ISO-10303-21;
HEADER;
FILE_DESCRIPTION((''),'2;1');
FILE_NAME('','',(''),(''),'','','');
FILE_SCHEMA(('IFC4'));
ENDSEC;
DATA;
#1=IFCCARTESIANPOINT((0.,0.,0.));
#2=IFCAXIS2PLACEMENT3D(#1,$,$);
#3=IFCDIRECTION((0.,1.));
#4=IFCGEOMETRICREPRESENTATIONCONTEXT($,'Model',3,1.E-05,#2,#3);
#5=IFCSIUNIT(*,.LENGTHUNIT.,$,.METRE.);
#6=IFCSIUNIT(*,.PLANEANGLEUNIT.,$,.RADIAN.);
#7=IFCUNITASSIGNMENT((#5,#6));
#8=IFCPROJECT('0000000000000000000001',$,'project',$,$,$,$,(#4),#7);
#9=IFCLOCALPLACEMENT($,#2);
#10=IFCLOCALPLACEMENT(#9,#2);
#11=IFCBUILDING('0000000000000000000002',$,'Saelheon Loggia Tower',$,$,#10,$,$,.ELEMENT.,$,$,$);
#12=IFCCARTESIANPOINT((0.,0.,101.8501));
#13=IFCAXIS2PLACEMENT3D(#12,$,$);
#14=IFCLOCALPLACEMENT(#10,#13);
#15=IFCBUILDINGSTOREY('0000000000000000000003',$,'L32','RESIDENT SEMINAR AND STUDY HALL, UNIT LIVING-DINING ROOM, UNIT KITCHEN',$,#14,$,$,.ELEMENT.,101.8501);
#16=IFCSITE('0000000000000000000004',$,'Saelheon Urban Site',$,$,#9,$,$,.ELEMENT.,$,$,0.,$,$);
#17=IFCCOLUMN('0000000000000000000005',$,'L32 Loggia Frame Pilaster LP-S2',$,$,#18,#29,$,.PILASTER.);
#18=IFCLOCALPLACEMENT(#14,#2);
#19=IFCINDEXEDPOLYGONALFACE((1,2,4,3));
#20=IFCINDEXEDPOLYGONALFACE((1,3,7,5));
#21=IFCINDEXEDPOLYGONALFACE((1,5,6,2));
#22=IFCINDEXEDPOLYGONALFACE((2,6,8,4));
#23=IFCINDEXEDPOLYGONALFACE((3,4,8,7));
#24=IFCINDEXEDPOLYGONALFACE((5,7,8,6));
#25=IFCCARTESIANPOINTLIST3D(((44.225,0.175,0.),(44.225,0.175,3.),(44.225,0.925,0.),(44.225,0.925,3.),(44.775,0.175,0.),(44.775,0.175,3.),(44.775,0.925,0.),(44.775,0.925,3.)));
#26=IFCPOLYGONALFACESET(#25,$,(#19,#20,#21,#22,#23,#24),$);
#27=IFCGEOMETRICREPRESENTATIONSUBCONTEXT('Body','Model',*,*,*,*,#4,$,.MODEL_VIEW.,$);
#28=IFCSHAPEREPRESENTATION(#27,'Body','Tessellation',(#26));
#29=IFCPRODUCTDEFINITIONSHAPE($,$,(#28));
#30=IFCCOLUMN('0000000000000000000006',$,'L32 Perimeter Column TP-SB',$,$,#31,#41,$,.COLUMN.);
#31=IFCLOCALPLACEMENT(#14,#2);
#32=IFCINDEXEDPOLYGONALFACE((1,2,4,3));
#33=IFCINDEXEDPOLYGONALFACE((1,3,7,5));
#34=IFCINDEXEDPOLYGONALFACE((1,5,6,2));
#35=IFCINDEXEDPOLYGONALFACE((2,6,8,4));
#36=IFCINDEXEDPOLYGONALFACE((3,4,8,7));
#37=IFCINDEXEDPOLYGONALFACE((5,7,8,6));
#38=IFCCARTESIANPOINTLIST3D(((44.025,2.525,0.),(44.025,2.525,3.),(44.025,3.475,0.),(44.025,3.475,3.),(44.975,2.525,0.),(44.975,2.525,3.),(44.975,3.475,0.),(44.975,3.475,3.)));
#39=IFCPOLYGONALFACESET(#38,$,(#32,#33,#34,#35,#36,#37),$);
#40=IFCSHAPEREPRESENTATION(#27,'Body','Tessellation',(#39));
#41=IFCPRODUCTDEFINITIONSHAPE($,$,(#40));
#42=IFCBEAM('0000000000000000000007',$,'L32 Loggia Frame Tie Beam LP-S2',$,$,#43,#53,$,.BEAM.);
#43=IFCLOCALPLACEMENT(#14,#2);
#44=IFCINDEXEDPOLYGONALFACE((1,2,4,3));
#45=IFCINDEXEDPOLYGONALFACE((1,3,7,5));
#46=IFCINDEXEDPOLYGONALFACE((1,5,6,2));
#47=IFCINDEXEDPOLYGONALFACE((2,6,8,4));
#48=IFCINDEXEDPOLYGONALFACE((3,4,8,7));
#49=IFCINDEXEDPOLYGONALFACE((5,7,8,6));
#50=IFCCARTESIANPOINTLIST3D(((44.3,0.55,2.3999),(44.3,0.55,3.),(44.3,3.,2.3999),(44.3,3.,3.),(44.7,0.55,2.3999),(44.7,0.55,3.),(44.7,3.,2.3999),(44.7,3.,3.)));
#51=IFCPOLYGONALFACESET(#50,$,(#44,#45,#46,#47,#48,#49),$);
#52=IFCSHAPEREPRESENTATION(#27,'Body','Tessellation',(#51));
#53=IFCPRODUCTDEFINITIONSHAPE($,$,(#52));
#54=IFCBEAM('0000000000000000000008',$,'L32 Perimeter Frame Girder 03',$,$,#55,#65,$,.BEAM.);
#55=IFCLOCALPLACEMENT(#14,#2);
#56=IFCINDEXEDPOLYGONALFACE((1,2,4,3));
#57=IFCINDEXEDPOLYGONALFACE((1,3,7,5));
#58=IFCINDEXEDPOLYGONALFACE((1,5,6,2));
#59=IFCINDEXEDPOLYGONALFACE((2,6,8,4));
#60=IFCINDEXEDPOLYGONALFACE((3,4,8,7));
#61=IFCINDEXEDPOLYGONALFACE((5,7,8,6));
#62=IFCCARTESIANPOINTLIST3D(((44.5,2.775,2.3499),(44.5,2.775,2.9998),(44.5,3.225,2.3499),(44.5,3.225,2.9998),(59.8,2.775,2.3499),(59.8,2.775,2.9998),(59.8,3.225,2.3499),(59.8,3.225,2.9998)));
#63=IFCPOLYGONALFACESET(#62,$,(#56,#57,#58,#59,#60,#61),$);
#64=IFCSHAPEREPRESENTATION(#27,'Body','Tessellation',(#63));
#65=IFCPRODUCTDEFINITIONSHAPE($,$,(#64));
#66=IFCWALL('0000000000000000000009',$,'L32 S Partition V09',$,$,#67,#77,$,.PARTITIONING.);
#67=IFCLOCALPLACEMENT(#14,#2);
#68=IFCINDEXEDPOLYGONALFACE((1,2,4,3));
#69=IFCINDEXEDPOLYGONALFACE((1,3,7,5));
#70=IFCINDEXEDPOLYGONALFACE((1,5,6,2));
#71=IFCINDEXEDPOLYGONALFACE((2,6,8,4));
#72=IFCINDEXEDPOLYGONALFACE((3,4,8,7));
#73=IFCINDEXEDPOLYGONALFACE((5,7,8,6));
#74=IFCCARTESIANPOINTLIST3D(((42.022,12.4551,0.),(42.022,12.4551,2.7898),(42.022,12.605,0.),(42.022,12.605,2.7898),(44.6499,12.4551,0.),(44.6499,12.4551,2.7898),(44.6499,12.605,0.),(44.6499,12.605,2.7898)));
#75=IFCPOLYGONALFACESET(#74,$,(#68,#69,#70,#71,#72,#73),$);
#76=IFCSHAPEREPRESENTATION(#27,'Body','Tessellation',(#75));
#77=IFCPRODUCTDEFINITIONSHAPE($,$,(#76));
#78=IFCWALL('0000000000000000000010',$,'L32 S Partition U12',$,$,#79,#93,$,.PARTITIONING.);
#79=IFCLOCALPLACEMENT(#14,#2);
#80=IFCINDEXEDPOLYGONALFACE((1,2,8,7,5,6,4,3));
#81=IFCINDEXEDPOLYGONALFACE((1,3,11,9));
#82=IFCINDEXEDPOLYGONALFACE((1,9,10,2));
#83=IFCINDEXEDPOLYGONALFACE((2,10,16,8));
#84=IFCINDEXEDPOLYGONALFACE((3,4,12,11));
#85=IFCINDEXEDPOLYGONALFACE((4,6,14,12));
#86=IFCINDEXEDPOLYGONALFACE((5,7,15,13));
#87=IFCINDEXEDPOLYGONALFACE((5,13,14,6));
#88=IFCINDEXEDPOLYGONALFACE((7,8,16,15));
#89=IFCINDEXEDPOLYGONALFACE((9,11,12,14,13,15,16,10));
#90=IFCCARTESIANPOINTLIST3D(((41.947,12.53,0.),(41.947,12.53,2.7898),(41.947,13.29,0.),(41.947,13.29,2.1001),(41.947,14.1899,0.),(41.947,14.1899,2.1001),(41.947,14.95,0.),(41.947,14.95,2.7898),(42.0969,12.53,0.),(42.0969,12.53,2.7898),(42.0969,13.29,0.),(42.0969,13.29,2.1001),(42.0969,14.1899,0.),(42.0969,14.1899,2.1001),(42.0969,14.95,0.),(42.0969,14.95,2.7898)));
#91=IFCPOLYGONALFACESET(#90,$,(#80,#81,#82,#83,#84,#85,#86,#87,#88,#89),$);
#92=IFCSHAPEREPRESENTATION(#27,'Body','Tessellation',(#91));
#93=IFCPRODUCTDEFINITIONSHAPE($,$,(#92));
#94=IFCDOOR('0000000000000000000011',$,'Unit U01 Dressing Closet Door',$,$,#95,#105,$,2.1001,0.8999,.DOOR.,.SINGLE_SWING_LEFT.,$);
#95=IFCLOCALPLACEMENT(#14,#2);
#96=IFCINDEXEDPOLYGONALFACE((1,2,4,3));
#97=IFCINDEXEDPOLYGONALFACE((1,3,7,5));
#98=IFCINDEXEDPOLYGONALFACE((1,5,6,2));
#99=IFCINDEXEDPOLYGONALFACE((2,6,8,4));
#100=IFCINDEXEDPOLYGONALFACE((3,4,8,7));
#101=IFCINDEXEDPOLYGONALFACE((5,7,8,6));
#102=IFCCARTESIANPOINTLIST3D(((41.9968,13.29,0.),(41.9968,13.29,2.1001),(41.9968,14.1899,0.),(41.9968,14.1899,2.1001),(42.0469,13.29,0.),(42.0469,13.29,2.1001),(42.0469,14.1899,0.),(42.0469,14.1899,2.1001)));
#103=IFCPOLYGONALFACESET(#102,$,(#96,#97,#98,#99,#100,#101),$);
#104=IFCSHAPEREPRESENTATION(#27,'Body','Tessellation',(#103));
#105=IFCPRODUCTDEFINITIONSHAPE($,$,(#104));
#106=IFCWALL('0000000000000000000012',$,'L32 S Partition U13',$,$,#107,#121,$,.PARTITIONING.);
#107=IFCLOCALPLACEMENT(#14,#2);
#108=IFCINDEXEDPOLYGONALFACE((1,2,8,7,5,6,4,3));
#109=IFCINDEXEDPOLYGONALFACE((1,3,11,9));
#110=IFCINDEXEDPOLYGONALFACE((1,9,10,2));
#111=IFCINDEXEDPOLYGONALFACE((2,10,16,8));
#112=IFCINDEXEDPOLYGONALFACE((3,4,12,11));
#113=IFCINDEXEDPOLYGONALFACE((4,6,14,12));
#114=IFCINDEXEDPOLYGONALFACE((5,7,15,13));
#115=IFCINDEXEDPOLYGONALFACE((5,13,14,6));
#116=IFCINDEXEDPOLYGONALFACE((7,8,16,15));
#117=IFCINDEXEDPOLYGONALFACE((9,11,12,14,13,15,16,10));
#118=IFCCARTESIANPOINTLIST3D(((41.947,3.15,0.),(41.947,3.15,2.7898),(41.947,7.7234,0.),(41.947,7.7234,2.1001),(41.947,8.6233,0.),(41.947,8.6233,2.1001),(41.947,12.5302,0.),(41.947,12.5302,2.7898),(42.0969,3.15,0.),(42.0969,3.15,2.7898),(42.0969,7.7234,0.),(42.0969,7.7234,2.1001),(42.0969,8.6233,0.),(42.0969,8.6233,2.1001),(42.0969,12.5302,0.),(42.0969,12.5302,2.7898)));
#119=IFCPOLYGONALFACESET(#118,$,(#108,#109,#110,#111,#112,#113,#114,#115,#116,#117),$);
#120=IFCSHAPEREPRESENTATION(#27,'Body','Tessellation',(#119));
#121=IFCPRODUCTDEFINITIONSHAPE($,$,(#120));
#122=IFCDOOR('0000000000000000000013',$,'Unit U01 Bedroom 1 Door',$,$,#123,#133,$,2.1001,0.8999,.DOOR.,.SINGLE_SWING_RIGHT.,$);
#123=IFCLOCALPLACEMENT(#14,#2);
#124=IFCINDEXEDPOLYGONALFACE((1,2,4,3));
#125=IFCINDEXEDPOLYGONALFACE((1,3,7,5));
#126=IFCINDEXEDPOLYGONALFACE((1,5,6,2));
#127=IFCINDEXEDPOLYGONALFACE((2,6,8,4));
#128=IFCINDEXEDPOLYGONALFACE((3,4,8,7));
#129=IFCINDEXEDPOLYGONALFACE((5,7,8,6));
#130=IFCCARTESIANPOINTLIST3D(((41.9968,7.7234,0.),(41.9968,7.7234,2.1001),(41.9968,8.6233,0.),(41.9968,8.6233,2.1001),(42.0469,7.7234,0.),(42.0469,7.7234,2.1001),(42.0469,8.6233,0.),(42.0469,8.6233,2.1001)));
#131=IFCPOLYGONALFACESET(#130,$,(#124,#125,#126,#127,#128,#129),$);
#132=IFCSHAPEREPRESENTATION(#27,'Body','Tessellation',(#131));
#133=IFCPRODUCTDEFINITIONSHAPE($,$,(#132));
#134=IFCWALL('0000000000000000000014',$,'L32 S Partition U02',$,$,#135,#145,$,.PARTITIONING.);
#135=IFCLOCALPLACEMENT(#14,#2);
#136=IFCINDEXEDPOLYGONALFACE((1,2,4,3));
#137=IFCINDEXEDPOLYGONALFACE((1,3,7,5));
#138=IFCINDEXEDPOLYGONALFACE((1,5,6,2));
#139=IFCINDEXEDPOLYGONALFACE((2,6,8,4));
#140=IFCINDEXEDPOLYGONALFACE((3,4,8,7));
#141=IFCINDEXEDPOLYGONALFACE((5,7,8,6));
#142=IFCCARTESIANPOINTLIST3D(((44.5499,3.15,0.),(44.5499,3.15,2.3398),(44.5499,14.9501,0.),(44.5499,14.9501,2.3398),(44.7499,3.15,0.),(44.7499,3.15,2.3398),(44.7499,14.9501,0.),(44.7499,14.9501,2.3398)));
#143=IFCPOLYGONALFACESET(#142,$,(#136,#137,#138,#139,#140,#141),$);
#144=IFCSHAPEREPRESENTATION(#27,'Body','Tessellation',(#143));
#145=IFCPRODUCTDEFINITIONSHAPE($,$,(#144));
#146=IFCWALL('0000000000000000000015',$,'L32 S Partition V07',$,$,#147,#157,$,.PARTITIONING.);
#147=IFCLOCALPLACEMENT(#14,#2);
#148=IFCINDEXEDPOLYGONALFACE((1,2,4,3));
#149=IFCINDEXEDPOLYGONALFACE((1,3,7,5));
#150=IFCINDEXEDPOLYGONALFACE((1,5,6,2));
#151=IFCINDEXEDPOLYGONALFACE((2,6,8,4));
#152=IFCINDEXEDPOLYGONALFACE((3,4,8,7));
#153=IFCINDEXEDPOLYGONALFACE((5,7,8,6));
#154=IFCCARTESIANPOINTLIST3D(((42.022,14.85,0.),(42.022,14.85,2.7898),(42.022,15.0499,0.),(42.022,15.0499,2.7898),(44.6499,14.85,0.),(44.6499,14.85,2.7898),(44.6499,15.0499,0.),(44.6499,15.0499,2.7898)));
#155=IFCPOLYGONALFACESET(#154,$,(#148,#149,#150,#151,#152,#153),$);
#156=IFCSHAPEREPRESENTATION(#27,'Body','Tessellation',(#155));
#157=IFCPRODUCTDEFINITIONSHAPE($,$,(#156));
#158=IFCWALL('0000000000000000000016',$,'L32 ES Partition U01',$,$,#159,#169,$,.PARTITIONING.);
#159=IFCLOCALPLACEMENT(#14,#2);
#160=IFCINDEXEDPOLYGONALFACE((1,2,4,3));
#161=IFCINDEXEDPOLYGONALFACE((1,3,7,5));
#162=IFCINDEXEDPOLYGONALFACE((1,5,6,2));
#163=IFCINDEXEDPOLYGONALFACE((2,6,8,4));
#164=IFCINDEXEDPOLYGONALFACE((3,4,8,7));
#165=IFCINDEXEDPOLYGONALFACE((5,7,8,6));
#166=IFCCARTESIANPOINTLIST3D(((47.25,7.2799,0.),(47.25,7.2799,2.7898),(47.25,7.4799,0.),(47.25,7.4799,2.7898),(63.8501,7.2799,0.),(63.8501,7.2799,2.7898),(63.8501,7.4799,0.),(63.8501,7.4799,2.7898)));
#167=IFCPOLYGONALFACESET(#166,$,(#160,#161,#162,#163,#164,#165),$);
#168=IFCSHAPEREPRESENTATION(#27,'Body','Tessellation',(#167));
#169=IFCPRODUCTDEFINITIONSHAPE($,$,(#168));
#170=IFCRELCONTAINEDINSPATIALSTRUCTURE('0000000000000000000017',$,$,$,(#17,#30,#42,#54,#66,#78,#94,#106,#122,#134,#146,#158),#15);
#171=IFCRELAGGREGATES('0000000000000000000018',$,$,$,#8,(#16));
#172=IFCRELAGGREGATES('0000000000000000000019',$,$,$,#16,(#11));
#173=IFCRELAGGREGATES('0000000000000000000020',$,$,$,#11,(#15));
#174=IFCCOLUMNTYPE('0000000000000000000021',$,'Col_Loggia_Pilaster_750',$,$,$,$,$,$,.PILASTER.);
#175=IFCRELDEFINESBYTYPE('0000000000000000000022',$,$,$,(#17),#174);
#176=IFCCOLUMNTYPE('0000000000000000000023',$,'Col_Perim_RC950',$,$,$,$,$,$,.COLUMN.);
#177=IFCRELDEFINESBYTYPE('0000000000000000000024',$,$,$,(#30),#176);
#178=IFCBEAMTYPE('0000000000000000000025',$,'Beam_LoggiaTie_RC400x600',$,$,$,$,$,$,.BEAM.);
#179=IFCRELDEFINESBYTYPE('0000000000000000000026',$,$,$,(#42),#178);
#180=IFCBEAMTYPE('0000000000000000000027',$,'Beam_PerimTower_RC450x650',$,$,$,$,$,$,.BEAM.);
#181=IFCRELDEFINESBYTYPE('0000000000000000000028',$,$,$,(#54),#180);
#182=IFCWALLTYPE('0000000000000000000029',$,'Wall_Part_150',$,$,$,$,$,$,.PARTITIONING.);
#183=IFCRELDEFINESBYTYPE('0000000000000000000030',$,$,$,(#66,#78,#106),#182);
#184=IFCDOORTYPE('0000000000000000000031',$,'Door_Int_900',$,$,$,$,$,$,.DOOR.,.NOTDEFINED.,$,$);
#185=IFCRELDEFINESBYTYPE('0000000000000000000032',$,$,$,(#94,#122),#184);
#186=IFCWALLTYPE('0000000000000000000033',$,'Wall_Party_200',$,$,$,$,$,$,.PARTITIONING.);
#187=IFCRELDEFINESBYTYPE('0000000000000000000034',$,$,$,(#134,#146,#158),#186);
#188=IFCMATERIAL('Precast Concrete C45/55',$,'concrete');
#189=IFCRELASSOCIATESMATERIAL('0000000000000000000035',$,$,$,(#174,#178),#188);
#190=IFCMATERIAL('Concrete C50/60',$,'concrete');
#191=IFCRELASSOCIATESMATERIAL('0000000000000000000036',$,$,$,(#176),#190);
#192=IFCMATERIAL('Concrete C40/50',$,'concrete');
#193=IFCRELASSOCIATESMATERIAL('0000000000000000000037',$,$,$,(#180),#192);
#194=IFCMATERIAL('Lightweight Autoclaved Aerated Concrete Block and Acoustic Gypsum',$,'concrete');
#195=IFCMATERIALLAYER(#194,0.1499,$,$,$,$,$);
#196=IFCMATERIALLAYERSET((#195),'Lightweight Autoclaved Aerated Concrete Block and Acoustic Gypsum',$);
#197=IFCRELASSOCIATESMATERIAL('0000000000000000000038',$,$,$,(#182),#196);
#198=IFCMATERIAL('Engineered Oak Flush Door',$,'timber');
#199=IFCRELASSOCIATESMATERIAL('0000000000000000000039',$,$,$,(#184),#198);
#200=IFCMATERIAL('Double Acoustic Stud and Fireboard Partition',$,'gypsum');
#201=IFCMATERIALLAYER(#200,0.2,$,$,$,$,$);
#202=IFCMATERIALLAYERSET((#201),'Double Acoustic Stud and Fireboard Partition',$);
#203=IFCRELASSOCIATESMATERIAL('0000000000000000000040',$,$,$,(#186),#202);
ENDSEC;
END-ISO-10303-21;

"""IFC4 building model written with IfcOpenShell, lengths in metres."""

from ifc_helpers import new_model, si_unit, direction, frame, frame_2d, origin, origin_2d, place, context, subcontext, project, spatial, rectangle, extrude, source, transform, mapped, material, layer, layer_set, material_profile, profile_set, type_object, element, fill, save


model = new_model("IFC4")

# Units and contexts
model_context = context("Model", 3, precision=1e-05, world=origin(), true_north=direction((0.0, 1.0)))
body_context = subcontext(model_context, "Body", "Model", "MODEL_VIEW")
ifc_project = project(units=[si_unit("LENGTHUNIT", "METRE"), si_unit("PLANEANGLEUNIT", "RADIAN")], contexts=[model_context])

# Site, building, storey
site_placement = place(None, origin())
site = spatial("IfcSite", under=ifc_project, at=site_placement, Name="Saelheon Urban Site", CompositionType="ELEMENT", RefElevation=0.0)
building_placement = place(site_placement, origin())
building = spatial("IfcBuilding", under=site, at=building_placement, Name="Saelheon Loggia Tower", CompositionType="ELEMENT")
storey_placement = place(building_placement, frame((0.0, 0.0, 101.8501)))
storey = spatial("IfcBuildingStorey", under=building, at=storey_placement, Name="L32", Description="RESIDENT SEMINAR AND STUDY HALL, UNIT LIVING-DINING ROOM, UNIT KITCHEN", CompositionType="ELEMENT", Elevation=101.8501)

# Columns
ifc_material_1 = material(Name="Precast Concrete C45/55", Category="concrete")
ifc_material_profile_1 = material_profile(ifc_material_1, rectangle(XDim=0.55, YDim=0.75, at=origin_2d()), Name="RC-550x750")
ifc_profile_set_1 = profile_set([ifc_material_profile_1], Name="Precast Concrete C45/55")
column_type_1 = type_object("IfcColumnType", Name="Col_Loggia_Pilaster_750", PredefinedType="PILASTER", material=ifc_profile_set_1)
shared_shape_1 = source(origin(), body_context, "Body", "SweptSolid", [
    extrude(rectangle(XDim=0.55, YDim=0.75, at=origin_2d()), origin(), (0.0, 0.0, 1.0), 3.0),
])
column_1_placement = place(storey_placement, frame((44.5, 0.55, 0.0), z_axis=(0.0, 0.0, 1.0), x_axis=(1.0, 0.0, 0.0)))
element("IfcColumn", 1, at=column_1_placement, inside=storey, type_object=column_type_1, Name="L32 Loggia Frame Pilaster LP-S2", PredefinedType="PILASTER", context=body_context, shape_type="MappedRepresentation", body=[
    mapped(shared_shape_1, transform((0.0, 0.0, 0.0), scale=1.0)),
])
ifc_material_2 = material(Name="Concrete C50/60", Category="concrete")
ifc_material_profile_2 = material_profile(ifc_material_2, rectangle(XDim=0.95, YDim=0.95, at=origin_2d()), Name="RC-950x950")
ifc_profile_set_2 = profile_set([ifc_material_profile_2], Name="Concrete C50/60")
column_type_2 = type_object("IfcColumnType", Name="Col_Perim_RC950", PredefinedType="COLUMN", material=ifc_profile_set_2)
shared_shape_2 = source(origin(), body_context, "Body", "SweptSolid", [
    extrude(rectangle(XDim=0.95, YDim=0.95, at=origin_2d()), origin(), (0.0, 0.0, 1.0), 3.0),
])
column_2_placement = place(storey_placement, frame((44.5, 3.0, 0.0), z_axis=(0.0, 0.0, 1.0), x_axis=(1.0, 0.0, 0.0)))
element("IfcColumn", 2, at=column_2_placement, inside=storey, type_object=column_type_2, Name="L32 Perimeter Column TP-SB", PredefinedType="COLUMN", context=body_context, shape_type="MappedRepresentation", body=[
    mapped(shared_shape_2, transform((0.0, 0.0, 0.0), scale=1.0)),
])

# Beams
ifc_material_profile_3 = material_profile(ifc_material_1, rectangle(XDim=0.3999, YDim=0.6001, at=origin_2d()), Name="RC-400x600")
ifc_profile_set_3 = profile_set([ifc_material_profile_3], Name="Precast Concrete C45/55")
beam_type_1 = type_object("IfcBeamType", Name="Beam_LoggiaTie_RC400x600", PredefinedType="BEAM", material=ifc_profile_set_3)
shared_shape_3 = source(origin(), body_context, "Body", "SweptSolid", [
    extrude(rectangle(XDim=0.3999, YDim=0.6001, at=origin_2d()), origin(), (0.0, 0.0, 1.0), 2.45),
])
beam_1_placement = place(storey_placement, frame((44.5, 3.0, 2.7), z_axis=(0.0, -1.0, 0.0), x_axis=(1.0, 0.0, 0.0)))
element("IfcBeam", 3, at=beam_1_placement, inside=storey, type_object=beam_type_1, Name="L32 Loggia Frame Tie Beam LP-S2", PredefinedType="BEAM", context=body_context, shape_type="MappedRepresentation", body=[
    mapped(shared_shape_3, transform((0.0, 0.0, 0.0), scale=1.0)),
])
ifc_material_3 = material(Name="Concrete C40/50", Category="concrete")
ifc_material_profile_4 = material_profile(ifc_material_3, rectangle(XDim=0.45, YDim=0.6499, at=origin_2d()), Name="RC-450x650")
ifc_profile_set_4 = profile_set([ifc_material_profile_4], Name="Concrete C40/50")
beam_type_2 = type_object("IfcBeamType", Name="Beam_PerimTower_RC450x650", PredefinedType="BEAM", material=ifc_profile_set_4)
shared_shape_4 = source(origin(), body_context, "Body", "SweptSolid", [
    extrude(rectangle(XDim=0.45, YDim=0.6499, at=origin_2d()), origin(), (0.0, 0.0, 1.0), 15.3),
])
beam_2_placement = place(storey_placement, frame((44.5, 3.0, 2.6748), z_axis=(1.0, 0.0, 0.0), x_axis=(0.0, 1.0, 0.0)))
element("IfcBeam", 4, at=beam_2_placement, inside=storey, type_object=beam_type_2, Name="L32 Perimeter Frame Girder 03", PredefinedType="BEAM", context=body_context, shape_type="MappedRepresentation", body=[
    mapped(shared_shape_4, transform((0.0, 0.0, 0.0), scale=1.0)),
])

# Wall
ifc_material_4 = material(Name="Lightweight Autoclaved Aerated Concrete Block and Acoustic Gypsum", Category="concrete")
ifc_layer_1 = layer(ifc_material_4, 0.1499)
ifc_layer_set_1 = layer_set([ifc_layer_1], Name="Lightweight Autoclaved Aerated Concrete Block and Acoustic Gypsum")
wall_type_1 = type_object("IfcWallType", Name="Wall_Part_150", PredefinedType="PARTITIONING", material=ifc_layer_set_1)
wall_1_placement = place(storey_placement, frame((42.022, 12.53, 0.0), z_axis=(0.0, 0.0, 1.0), x_axis=(1.0, 0.0, 0.0)))
element("IfcWall", 5, at=wall_1_placement, inside=storey, type_object=wall_type_1, Name="L32 S Partition V09", PredefinedType="PARTITIONING", context=body_context, shape_type="SweptSolid", body=[
    extrude(rectangle(XDim=2.6279, YDim=0.1499, at=frame_2d((1.314, 0.0))), origin(), (0.0, 0.0, 1.0), 2.7898),
])

# Walls, openings, doors
wall_2_placement = place(storey_placement, frame((42.022, 14.95, 0.0), z_axis=(0.0, 0.0, 1.0), x_axis=(0.0, -1.0, 0.0)))
wall_2 = element("IfcWall", 6, at=wall_2_placement, inside=storey, type_object=wall_type_1, Name="L32 S Partition U12", PredefinedType="PARTITIONING", context=body_context, shape_type="SweptSolid", body=[
    extrude(rectangle(XDim=2.4199, YDim=0.1499, at=frame_2d((1.21, 0.0))), origin(), (0.0, 0.0, 1.0), 2.7898),
])
opening_1_placement = place(wall_2_placement, frame((0.76, 0.0, 0.0)))
opening_1 = element("IfcOpeningElement", 7, at=opening_1_placement, cuts=wall_2, PredefinedType="OPENING", context=body_context, shape_type="SweptSolid", body=[
    extrude(rectangle(XDim=0.8999, YDim=2.1001, at=frame_2d((0.45, 1.05))), frame((0.0, 0.0869, 0.0), z_axis=(0.0, -1.0, 0.0), x_axis=(1.0, 0.0, 0.0)), (0.0, 0.0, 1.0), 0.1738),
])
ifc_material_5 = material(Name="Engineered Oak Flush Door", Category="timber")
door_type_1 = type_object("IfcDoorType", Name="Door_Int_900", OperationType="NOTDEFINED", PredefinedType="DOOR", material=ifc_material_5)
shared_shape_5 = source(origin(), body_context, "Body", "SweptSolid", [
    extrude(rectangle(XDim=0.8999, YDim=2.1001, at=frame_2d((0.45, 1.05))), frame((0.0, 0.0249, 0.0), z_axis=(0.0, -1.0, 0.0), x_axis=(1.0, 0.0, 0.0)), (0.0, 0.0, 1.0), 0.05),
])
door_1_placement = place(opening_1_placement, origin())
door_1 = element("IfcDoor", 8, at=door_1_placement, inside=storey, type_object=door_type_1, Name="Unit U01 Dressing Closet Door", OperationType="SINGLE_SWING_LEFT", OverallHeight=2.1001, OverallWidth=0.8999, PredefinedType="DOOR", context=body_context, shape_type="MappedRepresentation", body=[
    mapped(shared_shape_5, transform((0.0, 0.0, 0.0), scale=1.0)),
])
fill(opening_1, door_1)
wall_3_placement = place(storey_placement, frame((42.022, 12.53, 0.0), z_axis=(0.0, 0.0, 1.0), x_axis=(0.0, -1.0, 0.0)))
wall_3 = element("IfcWall", 9, at=wall_3_placement, inside=storey, type_object=wall_type_1, Name="L32 S Partition U13", PredefinedType="PARTITIONING", context=body_context, shape_type="SweptSolid", body=[
    extrude(rectangle(XDim=9.3801, YDim=0.1499, at=frame_2d((4.6899, 0.0))), origin(), (0.0, 0.0, 1.0), 2.7898),
])
opening_2_placement = place(wall_3_placement, frame((3.9067, 0.0, 0.0)))
opening_2 = element("IfcOpeningElement", 10, at=opening_2_placement, cuts=wall_3, PredefinedType="OPENING", context=body_context, shape_type="SweptSolid", body=[
    extrude(rectangle(XDim=0.8999, YDim=2.1001, at=frame_2d((0.45, 1.05))), frame((0.0, 0.0869, 0.0), z_axis=(0.0, -1.0, 0.0), x_axis=(1.0, 0.0, 0.0)), (0.0, 0.0, 1.0), 0.1738),
])
door_2_placement = place(opening_2_placement, origin())
door_2 = element("IfcDoor", 11, at=door_2_placement, inside=storey, type_object=door_type_1, Name="Unit U01 Bedroom 1 Door", OperationType="SINGLE_SWING_RIGHT", OverallHeight=2.1001, OverallWidth=0.8999, PredefinedType="DOOR", context=body_context, shape_type="MappedRepresentation", body=[
    mapped(shared_shape_5, transform((0.0, 0.0, 0.0), scale=1.0)),
])
fill(opening_2, door_2)

# Walls
ifc_material_6 = material(Name="Double Acoustic Stud and Fireboard Partition", Category="gypsum")
ifc_layer_2 = layer(ifc_material_6, 0.2)
ifc_layer_set_2 = layer_set([ifc_layer_2], Name="Double Acoustic Stud and Fireboard Partition")
wall_type_2 = type_object("IfcWallType", Name="Wall_Party_200", PredefinedType="PARTITIONING", material=ifc_layer_set_2)
wall_4_placement = place(storey_placement, frame((44.6499, 14.95, 0.0), z_axis=(0.0, 0.0, 1.0), x_axis=(0.0, -1.0, 0.0)))
element("IfcWall", 12, at=wall_4_placement, inside=storey, type_object=wall_type_2, Name="L32 S Partition U02", PredefinedType="PARTITIONING", context=body_context, shape_type="SweptSolid", body=[
    extrude(rectangle(XDim=11.8, YDim=0.2, at=frame_2d((5.8999, 0.0))), origin(), (0.0, 0.0, 1.0), 2.3398),
])
wall_5_placement = place(storey_placement, frame((42.022, 14.95, 0.0), z_axis=(0.0, 0.0, 1.0), x_axis=(1.0, 0.0, 0.0)))
element("IfcWall", 13, at=wall_5_placement, inside=storey, type_object=wall_type_2, Name="L32 S Partition V07", PredefinedType="PARTITIONING", context=body_context, shape_type="SweptSolid", body=[
    extrude(rectangle(XDim=2.6279, YDim=0.2, at=frame_2d((1.314, 0.0))), origin(), (0.0, 0.0, 1.0), 2.7898),
])
wall_6_placement = place(storey_placement, frame((47.25, 7.3799, 0.0), z_axis=(0.0, 0.0, 1.0), x_axis=(1.0, 0.0, 0.0)))
element("IfcWall", 14, at=wall_6_placement, inside=storey, type_object=wall_type_2, Name="L32 ES Partition U01", PredefinedType="PARTITIONING", context=body_context, shape_type="SweptSolid", body=[
    extrude(rectangle(XDim=16.6001, YDim=0.2, at=frame_2d((8.3, 0.0))), origin(), (0.0, 0.0, 1.0), 2.7898),
])

save(model, "model.ifc")
